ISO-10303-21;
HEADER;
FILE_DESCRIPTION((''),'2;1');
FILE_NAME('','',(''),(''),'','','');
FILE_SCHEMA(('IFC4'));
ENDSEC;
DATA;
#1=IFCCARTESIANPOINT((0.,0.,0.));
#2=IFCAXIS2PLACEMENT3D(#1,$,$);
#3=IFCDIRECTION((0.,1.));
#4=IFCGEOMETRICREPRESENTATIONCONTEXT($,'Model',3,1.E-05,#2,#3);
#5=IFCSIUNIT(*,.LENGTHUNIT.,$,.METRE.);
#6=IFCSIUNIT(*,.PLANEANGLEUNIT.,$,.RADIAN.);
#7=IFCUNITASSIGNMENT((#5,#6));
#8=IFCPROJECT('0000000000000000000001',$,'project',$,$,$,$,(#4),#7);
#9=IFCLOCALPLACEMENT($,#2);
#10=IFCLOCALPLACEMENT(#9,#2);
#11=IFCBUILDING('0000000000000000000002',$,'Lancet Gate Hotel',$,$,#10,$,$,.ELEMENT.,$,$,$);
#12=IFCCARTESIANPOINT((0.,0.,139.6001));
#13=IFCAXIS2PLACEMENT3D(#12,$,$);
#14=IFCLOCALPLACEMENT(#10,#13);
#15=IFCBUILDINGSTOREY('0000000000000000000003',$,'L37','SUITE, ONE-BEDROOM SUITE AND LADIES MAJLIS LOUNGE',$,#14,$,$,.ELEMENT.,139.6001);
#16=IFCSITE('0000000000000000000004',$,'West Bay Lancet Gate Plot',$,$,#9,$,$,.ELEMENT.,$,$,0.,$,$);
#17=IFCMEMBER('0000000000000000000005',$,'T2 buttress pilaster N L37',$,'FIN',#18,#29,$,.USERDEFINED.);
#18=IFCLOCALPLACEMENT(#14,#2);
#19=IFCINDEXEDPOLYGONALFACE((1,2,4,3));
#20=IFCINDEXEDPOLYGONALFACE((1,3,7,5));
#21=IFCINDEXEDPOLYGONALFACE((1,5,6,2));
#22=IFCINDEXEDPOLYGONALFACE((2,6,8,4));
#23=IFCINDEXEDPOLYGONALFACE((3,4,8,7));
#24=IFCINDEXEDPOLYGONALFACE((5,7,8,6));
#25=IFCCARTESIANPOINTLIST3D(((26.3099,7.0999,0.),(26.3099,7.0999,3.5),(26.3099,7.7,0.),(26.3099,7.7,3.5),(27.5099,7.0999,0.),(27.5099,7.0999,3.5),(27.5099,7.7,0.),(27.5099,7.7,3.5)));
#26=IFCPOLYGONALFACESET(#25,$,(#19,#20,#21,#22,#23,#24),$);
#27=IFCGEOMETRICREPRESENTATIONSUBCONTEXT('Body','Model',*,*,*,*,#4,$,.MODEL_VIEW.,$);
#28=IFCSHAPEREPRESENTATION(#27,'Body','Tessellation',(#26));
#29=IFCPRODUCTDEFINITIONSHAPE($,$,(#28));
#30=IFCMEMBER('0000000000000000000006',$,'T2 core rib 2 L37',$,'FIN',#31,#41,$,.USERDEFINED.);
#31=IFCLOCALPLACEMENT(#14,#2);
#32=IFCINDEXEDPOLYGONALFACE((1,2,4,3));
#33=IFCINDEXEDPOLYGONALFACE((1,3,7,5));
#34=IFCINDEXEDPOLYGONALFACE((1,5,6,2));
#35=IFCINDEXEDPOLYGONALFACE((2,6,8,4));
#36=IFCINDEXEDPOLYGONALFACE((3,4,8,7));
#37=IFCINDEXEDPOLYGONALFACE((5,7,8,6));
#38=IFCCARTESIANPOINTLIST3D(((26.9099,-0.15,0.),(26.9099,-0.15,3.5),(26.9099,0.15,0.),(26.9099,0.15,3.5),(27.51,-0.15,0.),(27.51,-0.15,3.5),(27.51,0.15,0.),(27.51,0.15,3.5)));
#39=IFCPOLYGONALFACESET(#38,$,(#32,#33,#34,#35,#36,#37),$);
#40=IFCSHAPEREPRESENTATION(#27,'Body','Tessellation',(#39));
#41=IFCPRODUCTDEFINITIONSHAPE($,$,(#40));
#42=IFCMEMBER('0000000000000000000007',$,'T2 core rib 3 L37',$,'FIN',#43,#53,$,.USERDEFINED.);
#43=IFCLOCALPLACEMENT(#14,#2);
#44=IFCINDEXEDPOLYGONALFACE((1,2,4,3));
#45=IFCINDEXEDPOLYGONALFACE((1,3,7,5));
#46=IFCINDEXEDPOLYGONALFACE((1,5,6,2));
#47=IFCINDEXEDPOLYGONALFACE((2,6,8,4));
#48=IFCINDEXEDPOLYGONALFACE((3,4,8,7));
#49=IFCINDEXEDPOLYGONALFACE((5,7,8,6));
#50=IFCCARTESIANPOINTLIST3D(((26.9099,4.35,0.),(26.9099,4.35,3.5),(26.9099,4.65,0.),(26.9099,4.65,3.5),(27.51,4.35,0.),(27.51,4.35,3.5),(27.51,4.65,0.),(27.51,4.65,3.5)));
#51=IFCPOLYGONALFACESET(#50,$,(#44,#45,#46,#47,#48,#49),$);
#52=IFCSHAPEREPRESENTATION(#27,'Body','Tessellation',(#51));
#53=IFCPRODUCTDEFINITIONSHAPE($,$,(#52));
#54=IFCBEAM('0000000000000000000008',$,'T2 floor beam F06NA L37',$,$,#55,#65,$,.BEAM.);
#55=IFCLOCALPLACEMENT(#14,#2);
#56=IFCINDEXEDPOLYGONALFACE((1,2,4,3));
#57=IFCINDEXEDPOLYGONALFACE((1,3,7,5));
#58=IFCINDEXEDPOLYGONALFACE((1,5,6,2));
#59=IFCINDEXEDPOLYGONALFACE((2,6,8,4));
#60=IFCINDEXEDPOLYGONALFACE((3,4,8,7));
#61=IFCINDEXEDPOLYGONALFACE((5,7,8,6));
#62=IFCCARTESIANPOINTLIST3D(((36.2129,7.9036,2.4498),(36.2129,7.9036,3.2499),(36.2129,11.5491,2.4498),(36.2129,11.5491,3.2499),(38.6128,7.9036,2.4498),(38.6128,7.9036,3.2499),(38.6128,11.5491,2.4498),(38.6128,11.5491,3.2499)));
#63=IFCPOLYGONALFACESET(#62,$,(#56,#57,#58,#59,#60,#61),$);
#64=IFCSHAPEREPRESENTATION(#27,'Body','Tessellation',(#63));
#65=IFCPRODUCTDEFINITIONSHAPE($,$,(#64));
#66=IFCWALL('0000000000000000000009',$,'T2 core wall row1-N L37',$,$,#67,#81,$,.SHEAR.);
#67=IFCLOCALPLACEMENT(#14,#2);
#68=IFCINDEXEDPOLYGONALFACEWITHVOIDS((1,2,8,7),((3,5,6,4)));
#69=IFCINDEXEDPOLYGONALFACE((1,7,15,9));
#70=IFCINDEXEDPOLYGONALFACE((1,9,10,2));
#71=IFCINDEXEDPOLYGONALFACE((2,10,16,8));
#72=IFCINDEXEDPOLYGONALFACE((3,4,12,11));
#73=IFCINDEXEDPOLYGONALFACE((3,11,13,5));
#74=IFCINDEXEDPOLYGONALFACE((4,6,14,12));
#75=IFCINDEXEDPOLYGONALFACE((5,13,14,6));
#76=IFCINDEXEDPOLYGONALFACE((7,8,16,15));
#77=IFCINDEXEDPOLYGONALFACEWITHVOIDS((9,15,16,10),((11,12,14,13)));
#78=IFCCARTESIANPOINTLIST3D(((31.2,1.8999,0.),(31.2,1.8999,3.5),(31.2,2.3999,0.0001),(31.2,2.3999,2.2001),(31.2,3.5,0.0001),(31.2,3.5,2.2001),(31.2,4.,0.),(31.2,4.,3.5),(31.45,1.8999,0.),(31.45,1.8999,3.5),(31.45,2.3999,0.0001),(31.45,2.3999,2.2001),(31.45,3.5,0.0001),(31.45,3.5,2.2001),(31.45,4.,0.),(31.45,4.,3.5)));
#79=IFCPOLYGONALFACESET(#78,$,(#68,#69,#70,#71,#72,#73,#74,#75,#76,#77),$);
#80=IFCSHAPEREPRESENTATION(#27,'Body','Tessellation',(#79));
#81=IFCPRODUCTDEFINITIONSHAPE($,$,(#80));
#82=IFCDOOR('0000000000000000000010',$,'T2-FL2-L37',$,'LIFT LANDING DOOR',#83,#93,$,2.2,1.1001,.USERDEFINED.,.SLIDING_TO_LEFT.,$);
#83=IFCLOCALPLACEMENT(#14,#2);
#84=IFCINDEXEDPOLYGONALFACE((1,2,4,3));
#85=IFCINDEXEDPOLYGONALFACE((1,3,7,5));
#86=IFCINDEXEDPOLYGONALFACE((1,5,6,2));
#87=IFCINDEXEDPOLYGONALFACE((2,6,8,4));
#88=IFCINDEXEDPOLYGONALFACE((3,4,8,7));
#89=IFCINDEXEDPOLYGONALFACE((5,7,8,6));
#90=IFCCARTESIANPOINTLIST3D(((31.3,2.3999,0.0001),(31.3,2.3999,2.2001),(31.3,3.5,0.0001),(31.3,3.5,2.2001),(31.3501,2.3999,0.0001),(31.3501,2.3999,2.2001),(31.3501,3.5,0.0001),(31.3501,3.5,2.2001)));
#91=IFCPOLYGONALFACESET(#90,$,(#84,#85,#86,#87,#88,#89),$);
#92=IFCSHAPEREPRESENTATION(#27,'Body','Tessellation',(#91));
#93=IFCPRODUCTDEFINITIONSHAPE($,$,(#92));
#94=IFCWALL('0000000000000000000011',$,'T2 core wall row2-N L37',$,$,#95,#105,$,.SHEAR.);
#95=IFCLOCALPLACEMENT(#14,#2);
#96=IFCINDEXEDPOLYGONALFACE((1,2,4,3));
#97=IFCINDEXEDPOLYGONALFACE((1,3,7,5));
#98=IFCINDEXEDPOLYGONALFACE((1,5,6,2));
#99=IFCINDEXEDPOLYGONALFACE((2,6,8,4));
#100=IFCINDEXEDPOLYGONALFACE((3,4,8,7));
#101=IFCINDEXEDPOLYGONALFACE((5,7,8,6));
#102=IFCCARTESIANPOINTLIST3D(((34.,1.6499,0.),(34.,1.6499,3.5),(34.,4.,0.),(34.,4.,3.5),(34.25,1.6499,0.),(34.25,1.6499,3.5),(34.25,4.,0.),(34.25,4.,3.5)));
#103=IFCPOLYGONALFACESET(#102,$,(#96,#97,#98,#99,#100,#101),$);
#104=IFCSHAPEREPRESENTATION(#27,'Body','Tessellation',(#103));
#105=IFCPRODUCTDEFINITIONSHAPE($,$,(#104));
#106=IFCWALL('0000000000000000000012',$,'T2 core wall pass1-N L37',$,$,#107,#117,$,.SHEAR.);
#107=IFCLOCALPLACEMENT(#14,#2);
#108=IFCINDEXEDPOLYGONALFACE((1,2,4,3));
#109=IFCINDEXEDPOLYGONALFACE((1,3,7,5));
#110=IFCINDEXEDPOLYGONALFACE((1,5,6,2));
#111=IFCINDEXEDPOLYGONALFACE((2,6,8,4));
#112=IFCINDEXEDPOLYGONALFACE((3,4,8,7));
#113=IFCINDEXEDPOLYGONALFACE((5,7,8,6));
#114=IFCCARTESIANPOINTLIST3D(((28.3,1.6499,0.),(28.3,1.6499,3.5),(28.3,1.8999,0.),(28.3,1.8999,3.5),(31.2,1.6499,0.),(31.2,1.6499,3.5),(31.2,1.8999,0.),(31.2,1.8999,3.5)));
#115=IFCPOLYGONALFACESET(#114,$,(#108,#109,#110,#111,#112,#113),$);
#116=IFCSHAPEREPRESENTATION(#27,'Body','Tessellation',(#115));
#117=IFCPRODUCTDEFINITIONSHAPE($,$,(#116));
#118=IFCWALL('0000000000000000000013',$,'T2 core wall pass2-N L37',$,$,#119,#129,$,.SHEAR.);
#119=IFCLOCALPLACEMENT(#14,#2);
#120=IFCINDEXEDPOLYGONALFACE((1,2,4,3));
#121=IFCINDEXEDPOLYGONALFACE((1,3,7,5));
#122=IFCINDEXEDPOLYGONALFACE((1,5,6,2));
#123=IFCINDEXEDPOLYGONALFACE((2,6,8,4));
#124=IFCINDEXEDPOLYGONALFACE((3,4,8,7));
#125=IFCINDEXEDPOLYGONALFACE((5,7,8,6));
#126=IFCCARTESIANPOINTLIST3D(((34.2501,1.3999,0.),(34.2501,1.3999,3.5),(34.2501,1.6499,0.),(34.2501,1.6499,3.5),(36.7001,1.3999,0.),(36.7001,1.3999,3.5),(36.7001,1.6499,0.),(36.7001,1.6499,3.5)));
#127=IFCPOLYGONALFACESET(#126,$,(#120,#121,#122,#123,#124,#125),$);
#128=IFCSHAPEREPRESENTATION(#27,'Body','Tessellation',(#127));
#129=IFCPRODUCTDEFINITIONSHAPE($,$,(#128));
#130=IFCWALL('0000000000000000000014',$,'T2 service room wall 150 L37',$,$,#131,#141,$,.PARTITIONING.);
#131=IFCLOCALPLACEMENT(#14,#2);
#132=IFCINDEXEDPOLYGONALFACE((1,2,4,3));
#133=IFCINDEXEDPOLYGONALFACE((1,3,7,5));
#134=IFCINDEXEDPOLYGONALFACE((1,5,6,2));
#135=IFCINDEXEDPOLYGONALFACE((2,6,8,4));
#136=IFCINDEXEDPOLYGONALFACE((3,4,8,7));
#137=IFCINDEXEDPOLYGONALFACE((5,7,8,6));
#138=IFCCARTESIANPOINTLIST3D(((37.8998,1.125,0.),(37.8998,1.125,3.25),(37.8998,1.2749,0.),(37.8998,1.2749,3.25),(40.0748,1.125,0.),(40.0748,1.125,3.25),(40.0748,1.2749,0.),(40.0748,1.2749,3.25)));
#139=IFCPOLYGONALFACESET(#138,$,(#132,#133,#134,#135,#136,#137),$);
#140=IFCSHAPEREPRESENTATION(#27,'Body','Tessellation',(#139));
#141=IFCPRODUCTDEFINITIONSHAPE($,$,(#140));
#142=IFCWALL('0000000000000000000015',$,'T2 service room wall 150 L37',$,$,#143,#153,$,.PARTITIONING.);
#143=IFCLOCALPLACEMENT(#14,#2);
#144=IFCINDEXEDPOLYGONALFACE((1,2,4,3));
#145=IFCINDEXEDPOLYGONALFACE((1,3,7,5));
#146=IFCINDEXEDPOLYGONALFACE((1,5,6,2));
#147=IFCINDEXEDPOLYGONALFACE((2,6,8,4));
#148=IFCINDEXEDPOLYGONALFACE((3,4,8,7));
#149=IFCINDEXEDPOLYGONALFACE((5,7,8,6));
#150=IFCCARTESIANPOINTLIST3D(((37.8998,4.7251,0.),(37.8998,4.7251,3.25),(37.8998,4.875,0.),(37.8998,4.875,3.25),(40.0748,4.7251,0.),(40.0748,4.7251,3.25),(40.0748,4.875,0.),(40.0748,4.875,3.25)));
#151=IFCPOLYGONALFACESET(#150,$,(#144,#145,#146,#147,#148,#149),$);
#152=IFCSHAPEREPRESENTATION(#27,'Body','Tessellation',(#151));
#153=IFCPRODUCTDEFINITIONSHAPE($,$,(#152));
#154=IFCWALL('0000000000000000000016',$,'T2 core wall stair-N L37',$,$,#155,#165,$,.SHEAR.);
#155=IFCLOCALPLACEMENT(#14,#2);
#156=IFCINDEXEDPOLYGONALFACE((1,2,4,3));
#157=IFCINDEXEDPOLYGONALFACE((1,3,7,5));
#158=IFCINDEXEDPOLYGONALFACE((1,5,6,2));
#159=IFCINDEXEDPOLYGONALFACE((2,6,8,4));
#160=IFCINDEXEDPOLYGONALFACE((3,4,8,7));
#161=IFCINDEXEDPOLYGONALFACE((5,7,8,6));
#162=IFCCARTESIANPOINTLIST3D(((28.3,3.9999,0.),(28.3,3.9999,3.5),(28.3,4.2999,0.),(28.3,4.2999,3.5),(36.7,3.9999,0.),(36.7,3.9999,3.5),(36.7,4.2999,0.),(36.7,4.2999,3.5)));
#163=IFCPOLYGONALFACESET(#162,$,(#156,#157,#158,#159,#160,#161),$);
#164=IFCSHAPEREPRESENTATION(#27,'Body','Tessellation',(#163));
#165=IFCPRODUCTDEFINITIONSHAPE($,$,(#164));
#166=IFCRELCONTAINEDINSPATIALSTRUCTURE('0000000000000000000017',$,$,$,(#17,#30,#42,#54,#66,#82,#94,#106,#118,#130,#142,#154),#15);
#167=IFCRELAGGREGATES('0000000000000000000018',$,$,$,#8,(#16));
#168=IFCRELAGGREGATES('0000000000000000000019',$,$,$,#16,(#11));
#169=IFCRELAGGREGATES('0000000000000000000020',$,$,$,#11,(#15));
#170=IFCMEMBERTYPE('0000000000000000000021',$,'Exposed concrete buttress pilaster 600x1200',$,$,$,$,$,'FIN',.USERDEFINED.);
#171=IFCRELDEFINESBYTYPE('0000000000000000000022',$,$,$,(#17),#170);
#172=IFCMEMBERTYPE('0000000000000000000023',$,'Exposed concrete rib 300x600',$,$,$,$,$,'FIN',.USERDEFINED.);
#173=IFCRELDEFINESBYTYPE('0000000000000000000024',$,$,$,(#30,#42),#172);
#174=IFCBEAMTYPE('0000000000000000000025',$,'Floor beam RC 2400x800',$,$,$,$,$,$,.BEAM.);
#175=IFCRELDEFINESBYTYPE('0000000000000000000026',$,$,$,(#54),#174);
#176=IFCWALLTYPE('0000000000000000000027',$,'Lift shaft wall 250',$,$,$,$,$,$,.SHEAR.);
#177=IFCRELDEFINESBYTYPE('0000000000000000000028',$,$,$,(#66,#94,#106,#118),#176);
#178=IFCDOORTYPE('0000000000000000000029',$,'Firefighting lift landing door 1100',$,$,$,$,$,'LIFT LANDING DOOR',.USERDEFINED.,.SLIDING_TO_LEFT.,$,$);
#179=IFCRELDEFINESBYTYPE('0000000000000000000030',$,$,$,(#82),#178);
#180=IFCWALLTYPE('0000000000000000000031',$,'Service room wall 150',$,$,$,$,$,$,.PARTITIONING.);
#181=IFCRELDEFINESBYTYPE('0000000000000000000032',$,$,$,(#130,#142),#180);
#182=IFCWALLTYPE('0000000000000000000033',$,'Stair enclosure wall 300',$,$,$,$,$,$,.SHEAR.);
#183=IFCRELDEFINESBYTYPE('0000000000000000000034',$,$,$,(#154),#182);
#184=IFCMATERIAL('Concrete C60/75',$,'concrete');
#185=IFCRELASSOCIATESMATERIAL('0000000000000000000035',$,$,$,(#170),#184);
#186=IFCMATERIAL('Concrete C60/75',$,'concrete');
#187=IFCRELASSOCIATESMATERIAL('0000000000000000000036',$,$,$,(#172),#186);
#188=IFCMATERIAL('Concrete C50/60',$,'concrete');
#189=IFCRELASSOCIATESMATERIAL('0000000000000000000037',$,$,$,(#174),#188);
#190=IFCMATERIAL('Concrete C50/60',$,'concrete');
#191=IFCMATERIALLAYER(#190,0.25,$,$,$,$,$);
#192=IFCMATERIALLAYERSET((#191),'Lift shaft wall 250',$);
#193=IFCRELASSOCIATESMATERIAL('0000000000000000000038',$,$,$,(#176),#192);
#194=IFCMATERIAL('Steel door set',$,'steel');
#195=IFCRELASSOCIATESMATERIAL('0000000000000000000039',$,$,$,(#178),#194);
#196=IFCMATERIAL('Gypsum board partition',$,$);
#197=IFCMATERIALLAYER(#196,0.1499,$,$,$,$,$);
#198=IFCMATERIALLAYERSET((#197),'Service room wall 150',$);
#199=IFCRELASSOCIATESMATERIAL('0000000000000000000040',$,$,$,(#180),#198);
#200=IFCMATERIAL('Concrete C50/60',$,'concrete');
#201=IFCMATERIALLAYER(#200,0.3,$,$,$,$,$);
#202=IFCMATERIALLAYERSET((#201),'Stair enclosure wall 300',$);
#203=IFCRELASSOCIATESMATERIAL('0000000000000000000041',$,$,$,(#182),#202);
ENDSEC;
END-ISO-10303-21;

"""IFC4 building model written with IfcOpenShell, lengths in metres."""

from ifc_helpers import new_model, si_unit, direction, frame, frame_2d, origin, origin_2d, place, context, subcontext, project, spatial, rectangle, extrude, material, layer, layer_set, material_profile, profile_set, type_object, element, fill, save


model = new_model("IFC4")

# Units and contexts
model_context = context("Model", 3, precision=1e-05, world=origin(), true_north=direction((0.0, 1.0)))
body_context = subcontext(model_context, "Body", "Model", "MODEL_VIEW")
ifc_project = project(units=[si_unit("LENGTHUNIT", "METRE"), si_unit("PLANEANGLEUNIT", "RADIAN")], contexts=[model_context])

# Site, building, storey
site_placement = place(None, origin())
site = spatial("IfcSite", under=ifc_project, at=site_placement, Name="West Bay Lancet Gate Plot", CompositionType="ELEMENT", RefElevation=0.0)
building_placement = place(site_placement, origin())
building = spatial("IfcBuilding", under=site, at=building_placement, Name="Lancet Gate Hotel", CompositionType="ELEMENT")
storey_placement = place(building_placement, frame((0.0, 0.0, 139.6001)))
storey = spatial("IfcBuildingStorey", under=building, at=storey_placement, Name="L37", Description="SUITE, ONE-BEDROOM SUITE AND LADIES MAJLIS LOUNGE", CompositionType="ELEMENT", Elevation=139.6001)

# Members
ifc_material_1 = material(Name="Concrete C60/75", Category="concrete")
ifc_material_profile_1 = material_profile(ifc_material_1, rectangle(XDim=0.6001, YDim=1.2, at=origin_2d()), Name="FIN 600x1200")
ifc_profile_set_1 = profile_set([ifc_material_profile_1], Name="Concrete C60/75")
member_type_1 = type_object("IfcMemberType", Name="Exposed concrete buttress pilaster 600x1200", ElementType="FIN", PredefinedType="USERDEFINED", material=ifc_profile_set_1)
member_placement = place(storey_placement, frame((26.9099, 7.3999, 0.0), z_axis=(0.0, 0.0, 1.0), x_axis=(0.0, 1.0, 0.0)))
element("IfcMember", 1, at=member_placement, inside=storey, type_object=member_type_1, Name="T2 buttress pilaster N L37", ObjectType="FIN", PredefinedType="USERDEFINED", context=body_context, shape_type="SweptSolid", body=[
    extrude(rectangle(XDim=0.6001, YDim=1.2, at=origin_2d()), origin(), (0.0, 0.0, 1.0), 3.5),
])
ifc_material_2 = material(Name="Concrete C60/75", Category="concrete")
ifc_material_profile_2 = material_profile(ifc_material_2, rectangle(XDim=0.3, YDim=0.6001, at=origin_2d()), Name="FIN 300x600")
ifc_profile_set_2 = profile_set([ifc_material_profile_2], Name="Concrete C60/75")
member_type_2 = type_object("IfcMemberType", Name="Exposed concrete rib 300x600", ElementType="FIN", PredefinedType="USERDEFINED", material=ifc_profile_set_2)
for number, where, z_axis, x_axis, name in (
    (2, (27.21, 0.0, 0.0), (0.0, 0.0, 1.0), (0.0, 1.0, 0.0), "T2 core rib 2 L37"),
    (3, (27.21, 4.5, 0.0), (0.0, 0.0, 1.0), (0.0, 1.0, 0.0), "T2 core rib 3 L37"),
):
    element("IfcMember", number, at=place(storey_placement, frame(where, z_axis=z_axis, x_axis=x_axis)), inside=storey, type_object=member_type_2, Name=name, ObjectType="FIN", PredefinedType="USERDEFINED", context=body_context, shape_type="SweptSolid", body=[
        extrude(rectangle(XDim=0.3, YDim=0.6001, at=origin_2d()), origin(), (0.0, 0.0, 1.0), 3.5),
    ])

# Beam
ifc_material_3 = material(Name="Concrete C50/60", Category="concrete")
ifc_material_profile_3 = material_profile(ifc_material_3, rectangle(XDim=2.3999, YDim=0.8, at=origin_2d()), Name="RC 2400x800")
ifc_profile_set_3 = profile_set([ifc_material_profile_3], Name="Concrete C50/60")
beam_type = type_object("IfcBeamType", Name="Floor beam RC 2400x800", PredefinedType="BEAM", material=ifc_profile_set_3)
beam_placement = place(storey_placement, frame((37.4128, 7.9036, 2.8499), z_axis=(0.0, 1.0, 0.0), x_axis=(-1.0, 0.0, 0.0)))
element("IfcBeam", 4, at=beam_placement, inside=storey, type_object=beam_type, Name="T2 floor beam F06NA L37", PredefinedType="BEAM", context=body_context, shape_type="SweptSolid", body=[
    extrude(rectangle(XDim=2.3999, YDim=0.8, at=origin_2d()), origin(), (0.0, 0.0, 1.0), 3.6455),
])

# Wall, opening, door
ifc_material_4 = material(Name="Concrete C50/60", Category="concrete")
ifc_layer_1 = layer(ifc_material_4, 0.25)
ifc_layer_set_1 = layer_set([ifc_layer_1], Name="Lift shaft wall 250")
wall_type_1 = type_object("IfcWallType", Name="Lift shaft wall 250", PredefinedType="SHEAR", material=ifc_layer_set_1)
wall_1_placement = place(storey_placement, frame((31.325, 1.8999, 0.0), z_axis=(0.0, 0.0, 1.0), x_axis=(0.0, 1.0, 0.0)))
wall_1 = element("IfcWall", 5, at=wall_1_placement, inside=storey, type_object=wall_type_1, Name="T2 core wall row1-N L37", PredefinedType="SHEAR", context=body_context, shape_type="SweptSolid", body=[
    extrude(rectangle(XDim=2.1001, YDim=0.25, at=frame_2d((1.05, 0.0))), origin(), (0.0, 0.0, 1.0), 3.5),
])
opening_placement = place(wall_1_placement, frame((0.5, 0.0, 0.0)))
opening = element("IfcOpeningElement", 6, at=opening_placement, cuts=wall_1, PredefinedType="OPENING", context=body_context, shape_type="SweptSolid", body=[
    extrude(rectangle(XDim=1.1001, YDim=2.2, at=frame_2d((0.55, 1.1001))), frame((0.0, 0.135, 0.0), z_axis=(0.0, -1.0, 0.0), x_axis=(1.0, 0.0, 0.0)), (0.0, 0.0, 1.0), 0.27),
])
ifc_material_5 = material(Name="Steel door set", Category="steel")
door_type = type_object("IfcDoorType", Name="Firefighting lift landing door 1100", ElementType="LIFT LANDING DOOR", OperationType="SLIDING_TO_LEFT", PredefinedType="USERDEFINED", material=ifc_material_5)
door_placement = place(opening_placement, origin())
door = element("IfcDoor", 7, at=door_placement, inside=storey, type_object=door_type, Name="T2-FL2-L37", ObjectType="LIFT LANDING DOOR", OperationType="SLIDING_TO_LEFT", OverallHeight=2.2, OverallWidth=1.1001, PredefinedType="USERDEFINED", context=body_context, shape_type="SweptSolid", body=[
    extrude(rectangle(XDim=1.1001, YDim=2.2, at=frame_2d((0.55, 1.1001))), frame((0.0, 0.0249, 0.0), z_axis=(0.0, -1.0, 0.0), x_axis=(1.0, 0.0, 0.0)), (0.0, 0.0, 1.0), 0.05),
])
fill(opening, door)

# Walls
wall_2_placement = place(storey_placement, frame((34.125, 1.6499, 0.0), z_axis=(0.0, 0.0, 1.0), x_axis=(0.0, 1.0, 0.0)))
element("IfcWall", 8, at=wall_2_placement, inside=storey, type_object=wall_type_1, Name="T2 core wall row2-N L37", PredefinedType="SHEAR", context=body_context, shape_type="SweptSolid", body=[
    extrude(rectangle(XDim=2.3501, YDim=0.25, at=frame_2d((1.175, 0.0))), origin(), (0.0, 0.0, 1.0), 3.5),
])
wall_3_placement = place(storey_placement, frame((28.3, 1.7749, 0.0), z_axis=(0.0, 0.0, 1.0), x_axis=(1.0, 0.0, 0.0)))
element("IfcWall", 9, at=wall_3_placement, inside=storey, type_object=wall_type_1, Name="T2 core wall pass1-N L37", PredefinedType="SHEAR", context=body_context, shape_type="SweptSolid", body=[
    extrude(rectangle(XDim=2.8999, YDim=0.25, at=frame_2d((1.45, 0.0))), origin(), (0.0, 0.0, 1.0), 3.5),
])
wall_4_placement = place(storey_placement, frame((34.25, 1.5249, 0.0), z_axis=(0.0, 0.0, 1.0), x_axis=(1.0, 0.0, 0.0)))
element("IfcWall", 10, at=wall_4_placement, inside=storey, type_object=wall_type_1, Name="T2 core wall pass2-N L37", PredefinedType="SHEAR", context=body_context, shape_type="SweptSolid", body=[
    extrude(rectangle(XDim=2.45, YDim=0.25, at=frame_2d((1.2251, 0.0))), origin(), (0.0, 0.0, 1.0), 3.5),
])
ifc_material_6 = material(Name="Gypsum board partition")
ifc_layer_2 = layer(ifc_material_6, 0.1499)
ifc_layer_set_2 = layer_set([ifc_layer_2], Name="Service room wall 150")
wall_type_2 = type_object("IfcWallType", Name="Service room wall 150", PredefinedType="PARTITIONING", material=ifc_layer_set_2)
for number, where, z_axis, x_axis, name in (
    (11, (37.8999, 1.2, 0.0), (0.0, 0.0, 1.0), (1.0, 0.0, 0.0), "T2 service room wall 150 L37"),
    (12, (37.8999, 4.8, 0.0), (0.0, 0.0, 1.0), (1.0, 0.0, 0.0), "T2 service room wall 150 L37"),
):
    element("IfcWall", number, at=place(storey_placement, frame(where, z_axis=z_axis, x_axis=x_axis)), inside=storey, type_object=wall_type_2, Name=name, PredefinedType="PARTITIONING", context=body_context, shape_type="SweptSolid", body=[
        extrude(rectangle(XDim=2.175, YDim=0.1499, at=frame_2d((1.0874, 0.0))), origin(), (0.0, 0.0, 1.0), 3.25),
    ])
ifc_material_7 = material(Name="Concrete C50/60", Category="concrete")
ifc_layer_3 = layer(ifc_material_7, 0.3)
ifc_layer_set_3 = layer_set([ifc_layer_3], Name="Stair enclosure wall 300")
wall_type_3 = type_object("IfcWallType", Name="Stair enclosure wall 300", PredefinedType="SHEAR", material=ifc_layer_set_3)
wall_5_placement = place(storey_placement, frame((28.3, 4.1499, 0.0), z_axis=(0.0, 0.0, 1.0), x_axis=(1.0, 0.0, 0.0)))
element("IfcWall", 13, at=wall_5_placement, inside=storey, type_object=wall_type_3, Name="T2 core wall stair-N L37", PredefinedType="SHEAR", context=body_context, shape_type="SweptSolid", body=[
    extrude(rectangle(XDim=8.3999, YDim=0.3, at=frame_2d((4.2, 0.0))), origin(), (0.0, 0.0, 1.0), 3.5),
])

save(model, "model.ifc")
